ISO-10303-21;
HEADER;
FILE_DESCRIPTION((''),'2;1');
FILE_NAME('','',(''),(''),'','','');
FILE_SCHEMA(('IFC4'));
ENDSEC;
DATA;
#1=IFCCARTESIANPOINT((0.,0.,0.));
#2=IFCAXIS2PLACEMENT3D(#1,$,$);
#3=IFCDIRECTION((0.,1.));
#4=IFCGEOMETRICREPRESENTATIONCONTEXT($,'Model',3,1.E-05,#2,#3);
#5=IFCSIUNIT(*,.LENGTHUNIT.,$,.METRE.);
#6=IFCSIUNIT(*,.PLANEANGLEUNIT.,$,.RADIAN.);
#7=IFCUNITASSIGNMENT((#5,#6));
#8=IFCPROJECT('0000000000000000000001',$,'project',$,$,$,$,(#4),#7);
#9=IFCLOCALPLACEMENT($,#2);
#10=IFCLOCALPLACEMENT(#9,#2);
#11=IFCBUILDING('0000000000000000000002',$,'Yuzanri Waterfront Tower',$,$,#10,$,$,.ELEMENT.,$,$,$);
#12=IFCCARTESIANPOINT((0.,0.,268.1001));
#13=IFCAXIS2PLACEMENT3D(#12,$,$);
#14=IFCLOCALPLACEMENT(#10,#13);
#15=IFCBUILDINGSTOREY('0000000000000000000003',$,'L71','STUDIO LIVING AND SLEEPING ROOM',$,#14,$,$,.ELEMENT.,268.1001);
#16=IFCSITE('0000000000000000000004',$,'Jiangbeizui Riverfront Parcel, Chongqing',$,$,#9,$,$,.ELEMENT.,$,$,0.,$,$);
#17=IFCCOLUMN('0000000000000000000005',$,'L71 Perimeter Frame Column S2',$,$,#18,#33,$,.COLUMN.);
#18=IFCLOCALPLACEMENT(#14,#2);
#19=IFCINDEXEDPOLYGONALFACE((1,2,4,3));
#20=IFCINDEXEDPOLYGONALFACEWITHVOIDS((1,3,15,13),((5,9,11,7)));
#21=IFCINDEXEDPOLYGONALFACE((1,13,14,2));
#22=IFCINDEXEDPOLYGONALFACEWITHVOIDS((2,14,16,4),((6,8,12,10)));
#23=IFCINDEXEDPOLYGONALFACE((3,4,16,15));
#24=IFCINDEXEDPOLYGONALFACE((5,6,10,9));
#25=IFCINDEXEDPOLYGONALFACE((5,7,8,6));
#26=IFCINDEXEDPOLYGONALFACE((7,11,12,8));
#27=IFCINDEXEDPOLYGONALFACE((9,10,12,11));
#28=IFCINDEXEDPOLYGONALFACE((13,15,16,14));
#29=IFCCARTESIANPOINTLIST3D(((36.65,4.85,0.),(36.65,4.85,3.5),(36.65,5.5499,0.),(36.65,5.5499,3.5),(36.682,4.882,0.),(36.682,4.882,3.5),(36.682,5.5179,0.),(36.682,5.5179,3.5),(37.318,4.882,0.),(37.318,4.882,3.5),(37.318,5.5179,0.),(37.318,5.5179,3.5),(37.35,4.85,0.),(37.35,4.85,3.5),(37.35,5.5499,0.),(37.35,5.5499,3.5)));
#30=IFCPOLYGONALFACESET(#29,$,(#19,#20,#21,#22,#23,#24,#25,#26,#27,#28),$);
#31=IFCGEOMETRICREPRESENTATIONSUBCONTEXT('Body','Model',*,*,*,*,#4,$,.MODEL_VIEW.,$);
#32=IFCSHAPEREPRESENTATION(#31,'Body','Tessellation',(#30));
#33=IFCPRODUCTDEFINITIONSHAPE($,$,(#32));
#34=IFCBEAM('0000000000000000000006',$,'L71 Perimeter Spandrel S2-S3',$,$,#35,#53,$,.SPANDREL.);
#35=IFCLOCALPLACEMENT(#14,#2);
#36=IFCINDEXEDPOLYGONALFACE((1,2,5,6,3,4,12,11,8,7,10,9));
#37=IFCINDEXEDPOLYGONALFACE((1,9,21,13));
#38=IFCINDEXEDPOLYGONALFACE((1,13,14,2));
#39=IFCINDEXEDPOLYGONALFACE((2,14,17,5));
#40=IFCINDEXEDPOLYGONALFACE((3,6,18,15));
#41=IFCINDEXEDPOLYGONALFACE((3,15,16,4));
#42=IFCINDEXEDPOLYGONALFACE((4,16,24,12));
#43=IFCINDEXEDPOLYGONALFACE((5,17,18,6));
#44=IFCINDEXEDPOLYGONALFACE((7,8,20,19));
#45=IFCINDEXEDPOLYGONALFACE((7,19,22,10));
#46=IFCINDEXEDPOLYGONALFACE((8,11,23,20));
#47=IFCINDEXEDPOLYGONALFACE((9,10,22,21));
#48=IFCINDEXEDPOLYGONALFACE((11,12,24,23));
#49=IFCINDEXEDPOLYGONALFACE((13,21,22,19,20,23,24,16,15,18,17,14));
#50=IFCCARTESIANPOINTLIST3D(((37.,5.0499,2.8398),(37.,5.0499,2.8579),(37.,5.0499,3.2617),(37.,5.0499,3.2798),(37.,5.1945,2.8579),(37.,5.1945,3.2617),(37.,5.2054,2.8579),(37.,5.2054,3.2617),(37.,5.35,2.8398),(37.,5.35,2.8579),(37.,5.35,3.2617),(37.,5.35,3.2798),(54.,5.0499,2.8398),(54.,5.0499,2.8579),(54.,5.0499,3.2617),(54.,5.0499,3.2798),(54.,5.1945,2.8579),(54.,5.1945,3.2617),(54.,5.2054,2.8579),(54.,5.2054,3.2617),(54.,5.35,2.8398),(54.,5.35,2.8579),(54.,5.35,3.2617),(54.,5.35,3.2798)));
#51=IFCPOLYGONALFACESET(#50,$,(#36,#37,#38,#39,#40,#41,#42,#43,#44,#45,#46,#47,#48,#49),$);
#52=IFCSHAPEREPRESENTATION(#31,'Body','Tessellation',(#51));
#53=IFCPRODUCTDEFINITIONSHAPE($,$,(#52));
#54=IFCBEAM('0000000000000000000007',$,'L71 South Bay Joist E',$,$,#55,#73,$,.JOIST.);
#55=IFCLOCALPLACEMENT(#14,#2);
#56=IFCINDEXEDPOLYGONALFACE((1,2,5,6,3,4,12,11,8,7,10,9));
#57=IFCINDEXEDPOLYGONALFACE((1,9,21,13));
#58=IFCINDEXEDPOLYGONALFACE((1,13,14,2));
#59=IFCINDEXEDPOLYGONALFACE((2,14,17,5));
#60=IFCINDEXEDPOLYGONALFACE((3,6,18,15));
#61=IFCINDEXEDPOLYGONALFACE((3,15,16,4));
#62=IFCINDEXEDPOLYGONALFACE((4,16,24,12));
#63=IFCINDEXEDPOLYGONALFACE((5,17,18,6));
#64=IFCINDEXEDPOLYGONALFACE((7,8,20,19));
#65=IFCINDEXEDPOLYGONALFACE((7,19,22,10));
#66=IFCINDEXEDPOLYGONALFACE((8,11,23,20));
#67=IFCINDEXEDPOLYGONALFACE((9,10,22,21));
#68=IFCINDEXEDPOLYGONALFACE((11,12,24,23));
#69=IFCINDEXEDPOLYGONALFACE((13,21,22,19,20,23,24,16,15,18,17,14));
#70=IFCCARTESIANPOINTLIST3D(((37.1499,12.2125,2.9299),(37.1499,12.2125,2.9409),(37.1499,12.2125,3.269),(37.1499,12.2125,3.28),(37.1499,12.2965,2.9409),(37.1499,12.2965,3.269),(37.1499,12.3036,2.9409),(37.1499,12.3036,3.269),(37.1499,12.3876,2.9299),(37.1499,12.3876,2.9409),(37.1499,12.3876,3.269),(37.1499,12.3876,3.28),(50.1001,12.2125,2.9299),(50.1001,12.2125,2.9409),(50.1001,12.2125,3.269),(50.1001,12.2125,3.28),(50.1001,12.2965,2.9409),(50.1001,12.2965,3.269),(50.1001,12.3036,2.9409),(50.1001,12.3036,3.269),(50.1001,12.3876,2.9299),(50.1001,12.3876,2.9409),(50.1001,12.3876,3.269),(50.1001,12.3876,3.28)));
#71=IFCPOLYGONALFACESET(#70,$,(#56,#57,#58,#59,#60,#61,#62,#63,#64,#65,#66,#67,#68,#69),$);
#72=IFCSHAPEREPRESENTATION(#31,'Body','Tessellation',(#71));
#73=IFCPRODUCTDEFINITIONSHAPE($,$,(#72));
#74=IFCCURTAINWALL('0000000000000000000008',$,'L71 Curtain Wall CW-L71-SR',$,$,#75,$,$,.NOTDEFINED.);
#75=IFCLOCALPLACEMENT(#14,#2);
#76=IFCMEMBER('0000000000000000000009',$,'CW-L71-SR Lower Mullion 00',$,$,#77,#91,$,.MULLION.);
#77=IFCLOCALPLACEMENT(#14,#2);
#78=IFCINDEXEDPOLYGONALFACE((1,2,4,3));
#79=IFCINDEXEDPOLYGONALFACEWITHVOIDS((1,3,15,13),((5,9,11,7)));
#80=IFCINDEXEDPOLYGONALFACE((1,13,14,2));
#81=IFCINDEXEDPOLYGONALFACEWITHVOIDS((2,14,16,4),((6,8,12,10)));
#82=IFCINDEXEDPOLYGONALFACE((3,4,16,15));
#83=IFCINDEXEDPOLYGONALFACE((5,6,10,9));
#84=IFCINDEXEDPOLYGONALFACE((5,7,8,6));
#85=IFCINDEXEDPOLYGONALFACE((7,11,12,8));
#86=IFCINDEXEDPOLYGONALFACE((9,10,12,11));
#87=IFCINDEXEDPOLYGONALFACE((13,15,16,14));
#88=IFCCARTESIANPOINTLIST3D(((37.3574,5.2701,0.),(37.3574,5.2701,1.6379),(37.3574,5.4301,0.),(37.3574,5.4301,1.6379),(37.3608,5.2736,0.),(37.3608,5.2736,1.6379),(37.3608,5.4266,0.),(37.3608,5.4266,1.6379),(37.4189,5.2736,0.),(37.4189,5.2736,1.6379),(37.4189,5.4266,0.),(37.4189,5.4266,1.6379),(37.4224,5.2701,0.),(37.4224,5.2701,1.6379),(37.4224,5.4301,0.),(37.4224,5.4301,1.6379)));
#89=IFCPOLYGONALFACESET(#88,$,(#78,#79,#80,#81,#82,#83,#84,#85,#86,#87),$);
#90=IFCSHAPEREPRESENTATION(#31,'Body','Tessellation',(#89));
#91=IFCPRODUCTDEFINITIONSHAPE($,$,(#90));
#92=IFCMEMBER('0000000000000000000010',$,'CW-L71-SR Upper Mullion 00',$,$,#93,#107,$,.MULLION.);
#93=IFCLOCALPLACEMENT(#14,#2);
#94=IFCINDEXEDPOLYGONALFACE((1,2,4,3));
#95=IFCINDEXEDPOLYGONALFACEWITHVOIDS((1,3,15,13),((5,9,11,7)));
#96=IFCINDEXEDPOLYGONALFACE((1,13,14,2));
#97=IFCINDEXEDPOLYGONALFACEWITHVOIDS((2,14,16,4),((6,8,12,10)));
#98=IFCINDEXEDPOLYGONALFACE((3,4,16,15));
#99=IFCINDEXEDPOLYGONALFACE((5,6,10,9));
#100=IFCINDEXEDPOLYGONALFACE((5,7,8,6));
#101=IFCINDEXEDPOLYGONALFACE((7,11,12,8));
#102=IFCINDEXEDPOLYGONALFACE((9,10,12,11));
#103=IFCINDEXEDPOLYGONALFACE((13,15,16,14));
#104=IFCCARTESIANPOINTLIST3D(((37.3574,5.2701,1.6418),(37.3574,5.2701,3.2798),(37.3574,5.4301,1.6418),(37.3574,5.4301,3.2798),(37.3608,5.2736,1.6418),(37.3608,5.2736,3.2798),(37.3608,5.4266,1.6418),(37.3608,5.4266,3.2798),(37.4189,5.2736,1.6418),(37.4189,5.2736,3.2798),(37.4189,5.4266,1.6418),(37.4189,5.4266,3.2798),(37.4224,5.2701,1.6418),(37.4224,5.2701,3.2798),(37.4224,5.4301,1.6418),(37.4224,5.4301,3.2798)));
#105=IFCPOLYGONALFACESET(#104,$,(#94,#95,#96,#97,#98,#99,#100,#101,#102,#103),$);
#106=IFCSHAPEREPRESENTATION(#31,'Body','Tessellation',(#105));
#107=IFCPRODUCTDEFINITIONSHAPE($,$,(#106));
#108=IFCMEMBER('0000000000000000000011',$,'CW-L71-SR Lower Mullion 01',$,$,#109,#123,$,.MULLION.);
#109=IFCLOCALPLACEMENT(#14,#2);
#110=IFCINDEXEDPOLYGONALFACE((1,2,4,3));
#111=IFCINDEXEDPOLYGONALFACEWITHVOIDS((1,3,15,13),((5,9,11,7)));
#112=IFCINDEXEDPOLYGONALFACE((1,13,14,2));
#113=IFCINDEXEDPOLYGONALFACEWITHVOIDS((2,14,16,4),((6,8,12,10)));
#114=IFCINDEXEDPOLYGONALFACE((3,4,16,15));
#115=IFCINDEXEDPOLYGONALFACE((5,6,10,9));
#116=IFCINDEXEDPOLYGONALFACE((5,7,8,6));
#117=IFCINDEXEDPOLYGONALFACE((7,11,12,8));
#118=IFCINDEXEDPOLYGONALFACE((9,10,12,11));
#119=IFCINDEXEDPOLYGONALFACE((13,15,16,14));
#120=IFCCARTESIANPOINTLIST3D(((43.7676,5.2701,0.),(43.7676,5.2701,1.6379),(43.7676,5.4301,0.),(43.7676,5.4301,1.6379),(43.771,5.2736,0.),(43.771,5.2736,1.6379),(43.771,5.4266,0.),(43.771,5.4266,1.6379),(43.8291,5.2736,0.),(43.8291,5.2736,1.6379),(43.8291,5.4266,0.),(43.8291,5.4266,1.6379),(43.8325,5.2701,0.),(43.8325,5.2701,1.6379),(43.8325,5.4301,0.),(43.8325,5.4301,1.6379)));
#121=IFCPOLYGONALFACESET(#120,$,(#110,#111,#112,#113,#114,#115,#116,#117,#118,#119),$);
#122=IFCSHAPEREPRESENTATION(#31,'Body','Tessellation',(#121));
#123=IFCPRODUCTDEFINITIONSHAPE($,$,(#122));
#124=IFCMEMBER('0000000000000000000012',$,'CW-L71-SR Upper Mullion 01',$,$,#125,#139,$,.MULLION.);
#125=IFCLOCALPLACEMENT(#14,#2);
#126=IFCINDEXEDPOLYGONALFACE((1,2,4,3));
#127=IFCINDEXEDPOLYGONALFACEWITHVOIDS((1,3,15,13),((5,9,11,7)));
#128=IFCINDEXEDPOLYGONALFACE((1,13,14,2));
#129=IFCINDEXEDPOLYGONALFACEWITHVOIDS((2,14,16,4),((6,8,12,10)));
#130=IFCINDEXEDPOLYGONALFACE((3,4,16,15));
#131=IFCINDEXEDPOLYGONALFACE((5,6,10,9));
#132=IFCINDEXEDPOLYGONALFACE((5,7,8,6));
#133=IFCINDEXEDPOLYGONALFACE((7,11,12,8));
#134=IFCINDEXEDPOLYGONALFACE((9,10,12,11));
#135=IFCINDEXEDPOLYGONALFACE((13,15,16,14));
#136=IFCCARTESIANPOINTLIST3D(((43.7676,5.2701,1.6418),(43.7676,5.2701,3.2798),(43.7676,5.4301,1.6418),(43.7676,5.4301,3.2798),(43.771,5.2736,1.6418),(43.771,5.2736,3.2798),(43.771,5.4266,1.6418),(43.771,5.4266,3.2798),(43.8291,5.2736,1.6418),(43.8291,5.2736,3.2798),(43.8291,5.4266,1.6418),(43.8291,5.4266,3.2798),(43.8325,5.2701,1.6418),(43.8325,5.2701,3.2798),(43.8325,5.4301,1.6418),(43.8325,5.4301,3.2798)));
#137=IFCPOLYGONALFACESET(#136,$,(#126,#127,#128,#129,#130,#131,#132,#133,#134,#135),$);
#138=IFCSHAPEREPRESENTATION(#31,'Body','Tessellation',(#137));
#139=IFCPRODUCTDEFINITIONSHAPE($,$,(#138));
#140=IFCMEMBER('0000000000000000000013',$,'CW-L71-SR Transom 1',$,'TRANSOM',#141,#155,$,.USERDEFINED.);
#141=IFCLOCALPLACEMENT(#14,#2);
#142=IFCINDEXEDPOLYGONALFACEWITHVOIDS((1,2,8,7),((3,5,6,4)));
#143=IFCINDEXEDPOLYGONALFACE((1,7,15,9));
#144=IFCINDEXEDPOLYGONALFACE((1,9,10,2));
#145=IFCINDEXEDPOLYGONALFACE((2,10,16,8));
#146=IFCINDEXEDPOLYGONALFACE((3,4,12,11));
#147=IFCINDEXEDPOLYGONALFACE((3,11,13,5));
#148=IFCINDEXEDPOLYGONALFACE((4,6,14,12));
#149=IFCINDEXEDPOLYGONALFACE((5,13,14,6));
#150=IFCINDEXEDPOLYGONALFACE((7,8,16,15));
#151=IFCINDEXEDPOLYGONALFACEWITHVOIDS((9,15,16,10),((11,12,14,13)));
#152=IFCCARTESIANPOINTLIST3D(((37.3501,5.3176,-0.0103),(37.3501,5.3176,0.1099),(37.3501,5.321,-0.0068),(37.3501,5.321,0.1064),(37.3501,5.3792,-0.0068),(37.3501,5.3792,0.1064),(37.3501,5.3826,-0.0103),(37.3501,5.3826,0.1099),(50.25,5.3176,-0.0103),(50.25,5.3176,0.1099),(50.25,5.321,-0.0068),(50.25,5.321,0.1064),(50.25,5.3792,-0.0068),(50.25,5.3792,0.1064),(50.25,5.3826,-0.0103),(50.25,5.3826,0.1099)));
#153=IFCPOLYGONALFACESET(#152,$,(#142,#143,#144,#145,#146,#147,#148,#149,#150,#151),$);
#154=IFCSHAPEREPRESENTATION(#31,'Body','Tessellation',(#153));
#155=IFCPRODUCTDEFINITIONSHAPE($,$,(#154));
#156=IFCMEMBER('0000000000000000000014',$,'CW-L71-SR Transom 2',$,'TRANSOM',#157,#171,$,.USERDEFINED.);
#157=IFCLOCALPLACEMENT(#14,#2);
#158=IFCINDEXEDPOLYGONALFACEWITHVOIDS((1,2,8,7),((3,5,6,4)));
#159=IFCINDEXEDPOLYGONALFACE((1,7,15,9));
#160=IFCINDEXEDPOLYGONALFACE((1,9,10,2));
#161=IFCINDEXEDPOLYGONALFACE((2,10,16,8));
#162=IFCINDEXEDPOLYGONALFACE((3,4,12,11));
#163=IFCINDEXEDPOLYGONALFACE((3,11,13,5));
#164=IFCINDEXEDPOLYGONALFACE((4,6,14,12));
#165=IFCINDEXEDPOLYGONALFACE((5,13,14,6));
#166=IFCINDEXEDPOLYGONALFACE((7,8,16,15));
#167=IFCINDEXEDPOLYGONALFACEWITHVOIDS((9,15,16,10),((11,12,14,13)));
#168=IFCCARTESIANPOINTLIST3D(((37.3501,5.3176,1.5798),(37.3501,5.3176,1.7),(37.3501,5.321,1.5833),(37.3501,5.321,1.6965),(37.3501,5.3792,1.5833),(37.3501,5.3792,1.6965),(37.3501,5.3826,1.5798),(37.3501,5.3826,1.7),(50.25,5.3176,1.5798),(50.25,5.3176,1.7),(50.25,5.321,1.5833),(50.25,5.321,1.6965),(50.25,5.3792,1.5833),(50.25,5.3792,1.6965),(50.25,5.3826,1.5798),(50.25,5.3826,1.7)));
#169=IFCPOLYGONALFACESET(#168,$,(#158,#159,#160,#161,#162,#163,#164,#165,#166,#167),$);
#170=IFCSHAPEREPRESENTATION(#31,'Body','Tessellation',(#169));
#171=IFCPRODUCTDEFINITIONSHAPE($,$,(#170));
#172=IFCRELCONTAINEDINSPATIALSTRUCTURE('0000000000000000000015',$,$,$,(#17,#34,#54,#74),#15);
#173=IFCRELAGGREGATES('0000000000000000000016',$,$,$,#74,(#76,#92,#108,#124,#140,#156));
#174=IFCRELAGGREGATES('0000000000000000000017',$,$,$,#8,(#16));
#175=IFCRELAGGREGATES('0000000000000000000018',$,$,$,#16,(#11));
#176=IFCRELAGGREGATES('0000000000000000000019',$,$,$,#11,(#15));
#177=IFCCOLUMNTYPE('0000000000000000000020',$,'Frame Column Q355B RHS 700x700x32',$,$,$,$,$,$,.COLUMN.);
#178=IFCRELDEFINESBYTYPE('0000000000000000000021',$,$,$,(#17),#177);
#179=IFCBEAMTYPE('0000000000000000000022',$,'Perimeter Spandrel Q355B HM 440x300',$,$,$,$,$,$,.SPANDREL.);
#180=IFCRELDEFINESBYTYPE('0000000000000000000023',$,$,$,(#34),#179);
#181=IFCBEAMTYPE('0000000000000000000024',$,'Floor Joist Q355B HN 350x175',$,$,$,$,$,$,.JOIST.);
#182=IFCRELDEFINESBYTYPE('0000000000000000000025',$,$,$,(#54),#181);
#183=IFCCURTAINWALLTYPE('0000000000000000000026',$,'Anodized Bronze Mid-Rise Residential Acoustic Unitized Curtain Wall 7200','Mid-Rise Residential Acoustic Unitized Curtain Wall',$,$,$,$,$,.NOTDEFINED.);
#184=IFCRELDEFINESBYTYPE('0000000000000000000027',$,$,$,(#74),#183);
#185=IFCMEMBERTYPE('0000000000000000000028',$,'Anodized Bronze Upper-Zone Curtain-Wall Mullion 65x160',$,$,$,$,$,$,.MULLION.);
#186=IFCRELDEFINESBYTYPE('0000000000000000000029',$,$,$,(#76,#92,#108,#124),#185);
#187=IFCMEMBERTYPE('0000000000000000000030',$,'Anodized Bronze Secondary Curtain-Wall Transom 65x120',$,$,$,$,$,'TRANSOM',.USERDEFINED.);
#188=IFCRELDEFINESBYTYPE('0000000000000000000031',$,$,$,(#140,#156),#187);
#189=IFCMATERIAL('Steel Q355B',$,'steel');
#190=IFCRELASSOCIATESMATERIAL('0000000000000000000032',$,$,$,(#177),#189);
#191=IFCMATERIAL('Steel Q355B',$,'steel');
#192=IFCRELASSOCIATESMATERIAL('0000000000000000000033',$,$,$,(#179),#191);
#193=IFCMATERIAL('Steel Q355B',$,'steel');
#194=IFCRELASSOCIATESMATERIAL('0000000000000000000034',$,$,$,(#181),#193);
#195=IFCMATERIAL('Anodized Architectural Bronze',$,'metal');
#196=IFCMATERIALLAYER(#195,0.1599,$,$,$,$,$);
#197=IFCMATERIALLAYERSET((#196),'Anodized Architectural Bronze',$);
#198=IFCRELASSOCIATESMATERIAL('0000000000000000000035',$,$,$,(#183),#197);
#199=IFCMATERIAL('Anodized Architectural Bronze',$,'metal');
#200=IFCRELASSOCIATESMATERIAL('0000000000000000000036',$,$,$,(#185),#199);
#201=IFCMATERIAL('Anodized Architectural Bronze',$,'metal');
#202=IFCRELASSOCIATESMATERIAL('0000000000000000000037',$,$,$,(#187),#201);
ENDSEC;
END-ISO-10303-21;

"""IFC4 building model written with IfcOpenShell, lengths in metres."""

from ifc_helpers import new_model, si_unit, direction, frame, origin, origin_2d, place, context, subcontext, project, spatial, hollow_rectangle, i_section, extrude, source, transform, mapped, material, layer, layer_set, material_profile, profile_set, type_object, element, aggregate, save


model = new_model("IFC4")

# Units and contexts
model_context = context("Model", 3, precision=1e-05, world=origin(), true_north=direction((0.0, 1.0)))
body_context = subcontext(model_context, "Body", "Model", "MODEL_VIEW")
ifc_project = project(units=[si_unit("LENGTHUNIT", "METRE"), si_unit("PLANEANGLEUNIT", "RADIAN")], contexts=[model_context])

# Site, building, storey
site_placement = place(None, origin())
site = spatial("IfcSite", under=ifc_project, at=site_placement, Name="Jiangbeizui Riverfront Parcel, Chongqing", CompositionType="ELEMENT", RefElevation=0.0)
building_placement = place(site_placement, origin())
building = spatial("IfcBuilding", under=site, at=building_placement, Name="Yuzanri Waterfront Tower", CompositionType="ELEMENT")
storey_placement = place(building_placement, frame((0.0, 0.0, 268.1001)))
storey = spatial("IfcBuildingStorey", under=building, at=storey_placement, Name="L71", Description="STUDIO LIVING AND SLEEPING ROOM", CompositionType="ELEMENT", Elevation=268.1001)

# Column
ifc_material_1 = material(Name="Steel Q355B", Category="steel")
ifc_material_profile_1 = material_profile(ifc_material_1, hollow_rectangle(XDim=0.7, YDim=0.7, WallThickness=0.032, at=origin_2d()), Name="RHS 700x700x32")
ifc_profile_set_1 = profile_set([ifc_material_profile_1], Name="Steel Q355B")
column_type = type_object("IfcColumnType", Name="Frame Column Q355B RHS 700x700x32", PredefinedType="COLUMN", material=ifc_profile_set_1)
shared_shape_1 = source(origin(), body_context, "Body", "SweptSolid", [
    extrude(hollow_rectangle(XDim=0.7, YDim=0.7, WallThickness=0.032, at=origin_2d()), origin(), (0.0, 0.0, 1.0), 3.5),
])
column_placement = place(storey_placement, frame((37.0, 5.2, 0.0), z_axis=(0.0, 0.0, 1.0), x_axis=(1.0, 0.0, 0.0)))
element("IfcColumn", 1, at=column_placement, inside=storey, type_object=column_type, Name="L71 Perimeter Frame Column S2", PredefinedType="COLUMN", context=body_context, shape_type="MappedRepresentation", body=[
    mapped(shared_shape_1, transform((0.0, 0.0, 0.0), scale=1.0)),
])

# Beams
ifc_material_2 = material(Name="Steel Q355B", Category="steel")
ifc_material_profile_2 = material_profile(ifc_material_2, i_section(OverallWidth=0.3, OverallDepth=0.4399, WebThickness=0.011, FlangeThickness=0.0181, at=origin_2d()), Name="HM 440x300x11x18")
ifc_profile_set_2 = profile_set([ifc_material_profile_2], Name="Steel Q355B")
beam_type_1 = type_object("IfcBeamType", Name="Perimeter Spandrel Q355B HM 440x300", PredefinedType="SPANDREL", material=ifc_profile_set_2)
shared_shape_2 = source(origin(), body_context, "Body", "SweptSolid", [
    extrude(i_section(OverallWidth=0.3, OverallDepth=0.4399, WebThickness=0.011, FlangeThickness=0.0181, at=origin_2d()), origin(), (0.0, 0.0, 1.0), 17.0),
])
beam_1_placement = place(storey_placement, frame((37.0, 5.2, 3.0598), z_axis=(1.0, 0.0, 0.0), x_axis=(0.0, 1.0, 0.0)))
element("IfcBeam", 2, at=beam_1_placement, inside=storey, type_object=beam_type_1, Name="L71 Perimeter Spandrel S2-S3", PredefinedType="SPANDREL", context=body_context, shape_type="MappedRepresentation", body=[
    mapped(shared_shape_2, transform((0.0, 0.0, 0.0), scale=1.0)),
])
ifc_material_3 = material(Name="Steel Q355B", Category="steel")
ifc_material_profile_3 = material_profile(ifc_material_3, i_section(OverallWidth=0.175, OverallDepth=0.3501, WebThickness=0.0071, FlangeThickness=0.011, at=origin_2d()), Name="HN 350x175x7x11")
ifc_profile_set_3 = profile_set([ifc_material_profile_3], Name="Steel Q355B")
beam_type_2 = type_object("IfcBeamType", Name="Floor Joist Q355B HN 350x175", PredefinedType="JOIST", material=ifc_profile_set_3)
shared_shape_3 = source(origin(), body_context, "Body", "SweptSolid", [
    extrude(i_section(OverallWidth=0.175, OverallDepth=0.3501, WebThickness=0.0071, FlangeThickness=0.011, at=origin_2d()), origin(), (0.0, 0.0, 1.0), 12.9502),
])
beam_2_placement = place(storey_placement, frame((37.1499, 12.3, 3.105), z_axis=(1.0, 0.0, 0.0), x_axis=(0.0, 1.0, 0.0)))
element("IfcBeam", 3, at=beam_2_placement, inside=storey, type_object=beam_type_2, Name="L71 South Bay Joist E", PredefinedType="JOIST", context=body_context, shape_type="MappedRepresentation", body=[
    mapped(shared_shape_3, transform((0.0, 0.0, 0.0), scale=1.0)),
])

# Curtain wall, members
ifc_material_4 = material(Name="Anodized Architectural Bronze", Category="metal")
ifc_layer_1 = layer(ifc_material_4, 0.1599)
ifc_layer_set_1 = layer_set([ifc_layer_1], Name="Anodized Architectural Bronze")
curtain_wall_type = type_object("IfcCurtainWallType", Name="Anodized Bronze Mid-Rise Residential Acoustic Unitized Curtain Wall 7200", Description="Mid-Rise Residential Acoustic Unitized Curtain Wall", PredefinedType="NOTDEFINED", material=ifc_layer_set_1)
curtain_wall_placement = place(storey_placement, origin())
curtain_wall = element("IfcCurtainWall", 4, at=curtain_wall_placement, inside=storey, type_object=curtain_wall_type, Name="L71 Curtain Wall CW-L71-SR", PredefinedType="NOTDEFINED")
ifc_material_5 = material(Name="Anodized Architectural Bronze", Category="metal")
ifc_material_profile_4 = material_profile(ifc_material_5, hollow_rectangle(XDim=0.0649, YDim=0.1599, WallThickness=0.0034, at=origin_2d()), Name="CWM 65x160")
ifc_profile_set_4 = profile_set([ifc_material_profile_4], Name="Anodized Architectural Bronze")
member_type_1 = type_object("IfcMemberType", Name="Anodized Bronze Upper-Zone Curtain-Wall Mullion 65x160", PredefinedType="MULLION", material=ifc_profile_set_4)
shared_shape_4 = source(origin(), body_context, "Body", "SweptSolid", [
    extrude(hollow_rectangle(XDim=0.0649, YDim=0.1599, WallThickness=0.0034, at=origin_2d()), origin(), (0.0, 0.0, 1.0), 1.6379),
])
member_1_placement = place(storey_placement, frame((37.3899, 5.3501, 0.0), z_axis=(0.0, 0.0, 1.0), x_axis=(1.0, 0.0, 0.0)))
member_1 = element("IfcMember", 5, at=member_1_placement, type_object=member_type_1, Name="CW-L71-SR Lower Mullion 00", PredefinedType="MULLION", context=body_context, shape_type="MappedRepresentation", body=[
    mapped(shared_shape_4, transform((0.0, 0.0, 0.0), scale=1.0)),
])
member_2_placement = place(storey_placement, frame((37.3899, 5.3501, 1.6418), z_axis=(0.0, 0.0, 1.0), x_axis=(1.0, 0.0, 0.0)))
member_2 = element("IfcMember", 6, at=member_2_placement, type_object=member_type_1, Name="CW-L71-SR Upper Mullion 00", PredefinedType="MULLION", context=body_context, shape_type="MappedRepresentation", body=[
    mapped(shared_shape_4, transform((0.0, 0.0, 0.0), scale=1.0)),
])
member_3_placement = place(storey_placement, frame((43.8, 5.3501, 0.0), z_axis=(0.0, 0.0, 1.0), x_axis=(1.0, 0.0, 0.0)))
member_3 = element("IfcMember", 7, at=member_3_placement, type_object=member_type_1, Name="CW-L71-SR Lower Mullion 01", PredefinedType="MULLION", context=body_context, shape_type="MappedRepresentation", body=[
    mapped(shared_shape_4, transform((0.0, 0.0, 0.0), scale=1.0)),
])
member_4_placement = place(storey_placement, frame((43.8, 5.3501, 1.6418), z_axis=(0.0, 0.0, 1.0), x_axis=(1.0, 0.0, 0.0)))
member_4 = element("IfcMember", 8, at=member_4_placement, type_object=member_type_1, Name="CW-L71-SR Upper Mullion 01", PredefinedType="MULLION", context=body_context, shape_type="MappedRepresentation", body=[
    mapped(shared_shape_4, transform((0.0, 0.0, 0.0), scale=1.0)),
])
ifc_material_6 = material(Name="Anodized Architectural Bronze", Category="metal")
ifc_material_profile_5 = material_profile(ifc_material_6, hollow_rectangle(XDim=0.0649, YDim=0.1201, WallThickness=0.0034, at=origin_2d()), Name="CWT 65x120")
ifc_profile_set_5 = profile_set([ifc_material_profile_5], Name="Anodized Architectural Bronze")
member_type_2 = type_object("IfcMemberType", Name="Anodized Bronze Secondary Curtain-Wall Transom 65x120", ElementType="TRANSOM", PredefinedType="USERDEFINED", material=ifc_profile_set_5)
shared_shape_5 = source(origin(), body_context, "Body", "SweptSolid", [
    extrude(hollow_rectangle(XDim=0.0649, YDim=0.1201, WallThickness=0.0034, at=origin_2d()), origin(), (0.0, 0.0, 1.0), 12.8999),
])
member_5_placement = place(storey_placement, frame((37.3501, 5.3501, 0.0498), z_axis=(1.0, 0.0, 0.0), x_axis=(0.0, 1.0, 0.0)))
member_5 = element("IfcMember", 9, at=member_5_placement, type_object=member_type_2, Name="CW-L71-SR Transom 1", ObjectType="TRANSOM", PredefinedType="USERDEFINED", context=body_context, shape_type="MappedRepresentation", body=[
    mapped(shared_shape_5, transform((0.0, 0.0, 0.0), scale=1.0)),
])
member_6_placement = place(storey_placement, frame((37.3501, 5.3501, 1.6399), z_axis=(1.0, 0.0, 0.0), x_axis=(0.0, 1.0, 0.0)))
member_6 = element("IfcMember", 10, at=member_6_placement, type_object=member_type_2, Name="CW-L71-SR Transom 2", ObjectType="TRANSOM", PredefinedType="USERDEFINED", context=body_context, shape_type="MappedRepresentation", body=[
    mapped(shared_shape_5, transform((0.0, 0.0, 0.0), scale=1.0)),
])
aggregate(curtain_wall, [member_1, member_2, member_3, member_4, member_5, member_6])

save(model, "model.ifc")
